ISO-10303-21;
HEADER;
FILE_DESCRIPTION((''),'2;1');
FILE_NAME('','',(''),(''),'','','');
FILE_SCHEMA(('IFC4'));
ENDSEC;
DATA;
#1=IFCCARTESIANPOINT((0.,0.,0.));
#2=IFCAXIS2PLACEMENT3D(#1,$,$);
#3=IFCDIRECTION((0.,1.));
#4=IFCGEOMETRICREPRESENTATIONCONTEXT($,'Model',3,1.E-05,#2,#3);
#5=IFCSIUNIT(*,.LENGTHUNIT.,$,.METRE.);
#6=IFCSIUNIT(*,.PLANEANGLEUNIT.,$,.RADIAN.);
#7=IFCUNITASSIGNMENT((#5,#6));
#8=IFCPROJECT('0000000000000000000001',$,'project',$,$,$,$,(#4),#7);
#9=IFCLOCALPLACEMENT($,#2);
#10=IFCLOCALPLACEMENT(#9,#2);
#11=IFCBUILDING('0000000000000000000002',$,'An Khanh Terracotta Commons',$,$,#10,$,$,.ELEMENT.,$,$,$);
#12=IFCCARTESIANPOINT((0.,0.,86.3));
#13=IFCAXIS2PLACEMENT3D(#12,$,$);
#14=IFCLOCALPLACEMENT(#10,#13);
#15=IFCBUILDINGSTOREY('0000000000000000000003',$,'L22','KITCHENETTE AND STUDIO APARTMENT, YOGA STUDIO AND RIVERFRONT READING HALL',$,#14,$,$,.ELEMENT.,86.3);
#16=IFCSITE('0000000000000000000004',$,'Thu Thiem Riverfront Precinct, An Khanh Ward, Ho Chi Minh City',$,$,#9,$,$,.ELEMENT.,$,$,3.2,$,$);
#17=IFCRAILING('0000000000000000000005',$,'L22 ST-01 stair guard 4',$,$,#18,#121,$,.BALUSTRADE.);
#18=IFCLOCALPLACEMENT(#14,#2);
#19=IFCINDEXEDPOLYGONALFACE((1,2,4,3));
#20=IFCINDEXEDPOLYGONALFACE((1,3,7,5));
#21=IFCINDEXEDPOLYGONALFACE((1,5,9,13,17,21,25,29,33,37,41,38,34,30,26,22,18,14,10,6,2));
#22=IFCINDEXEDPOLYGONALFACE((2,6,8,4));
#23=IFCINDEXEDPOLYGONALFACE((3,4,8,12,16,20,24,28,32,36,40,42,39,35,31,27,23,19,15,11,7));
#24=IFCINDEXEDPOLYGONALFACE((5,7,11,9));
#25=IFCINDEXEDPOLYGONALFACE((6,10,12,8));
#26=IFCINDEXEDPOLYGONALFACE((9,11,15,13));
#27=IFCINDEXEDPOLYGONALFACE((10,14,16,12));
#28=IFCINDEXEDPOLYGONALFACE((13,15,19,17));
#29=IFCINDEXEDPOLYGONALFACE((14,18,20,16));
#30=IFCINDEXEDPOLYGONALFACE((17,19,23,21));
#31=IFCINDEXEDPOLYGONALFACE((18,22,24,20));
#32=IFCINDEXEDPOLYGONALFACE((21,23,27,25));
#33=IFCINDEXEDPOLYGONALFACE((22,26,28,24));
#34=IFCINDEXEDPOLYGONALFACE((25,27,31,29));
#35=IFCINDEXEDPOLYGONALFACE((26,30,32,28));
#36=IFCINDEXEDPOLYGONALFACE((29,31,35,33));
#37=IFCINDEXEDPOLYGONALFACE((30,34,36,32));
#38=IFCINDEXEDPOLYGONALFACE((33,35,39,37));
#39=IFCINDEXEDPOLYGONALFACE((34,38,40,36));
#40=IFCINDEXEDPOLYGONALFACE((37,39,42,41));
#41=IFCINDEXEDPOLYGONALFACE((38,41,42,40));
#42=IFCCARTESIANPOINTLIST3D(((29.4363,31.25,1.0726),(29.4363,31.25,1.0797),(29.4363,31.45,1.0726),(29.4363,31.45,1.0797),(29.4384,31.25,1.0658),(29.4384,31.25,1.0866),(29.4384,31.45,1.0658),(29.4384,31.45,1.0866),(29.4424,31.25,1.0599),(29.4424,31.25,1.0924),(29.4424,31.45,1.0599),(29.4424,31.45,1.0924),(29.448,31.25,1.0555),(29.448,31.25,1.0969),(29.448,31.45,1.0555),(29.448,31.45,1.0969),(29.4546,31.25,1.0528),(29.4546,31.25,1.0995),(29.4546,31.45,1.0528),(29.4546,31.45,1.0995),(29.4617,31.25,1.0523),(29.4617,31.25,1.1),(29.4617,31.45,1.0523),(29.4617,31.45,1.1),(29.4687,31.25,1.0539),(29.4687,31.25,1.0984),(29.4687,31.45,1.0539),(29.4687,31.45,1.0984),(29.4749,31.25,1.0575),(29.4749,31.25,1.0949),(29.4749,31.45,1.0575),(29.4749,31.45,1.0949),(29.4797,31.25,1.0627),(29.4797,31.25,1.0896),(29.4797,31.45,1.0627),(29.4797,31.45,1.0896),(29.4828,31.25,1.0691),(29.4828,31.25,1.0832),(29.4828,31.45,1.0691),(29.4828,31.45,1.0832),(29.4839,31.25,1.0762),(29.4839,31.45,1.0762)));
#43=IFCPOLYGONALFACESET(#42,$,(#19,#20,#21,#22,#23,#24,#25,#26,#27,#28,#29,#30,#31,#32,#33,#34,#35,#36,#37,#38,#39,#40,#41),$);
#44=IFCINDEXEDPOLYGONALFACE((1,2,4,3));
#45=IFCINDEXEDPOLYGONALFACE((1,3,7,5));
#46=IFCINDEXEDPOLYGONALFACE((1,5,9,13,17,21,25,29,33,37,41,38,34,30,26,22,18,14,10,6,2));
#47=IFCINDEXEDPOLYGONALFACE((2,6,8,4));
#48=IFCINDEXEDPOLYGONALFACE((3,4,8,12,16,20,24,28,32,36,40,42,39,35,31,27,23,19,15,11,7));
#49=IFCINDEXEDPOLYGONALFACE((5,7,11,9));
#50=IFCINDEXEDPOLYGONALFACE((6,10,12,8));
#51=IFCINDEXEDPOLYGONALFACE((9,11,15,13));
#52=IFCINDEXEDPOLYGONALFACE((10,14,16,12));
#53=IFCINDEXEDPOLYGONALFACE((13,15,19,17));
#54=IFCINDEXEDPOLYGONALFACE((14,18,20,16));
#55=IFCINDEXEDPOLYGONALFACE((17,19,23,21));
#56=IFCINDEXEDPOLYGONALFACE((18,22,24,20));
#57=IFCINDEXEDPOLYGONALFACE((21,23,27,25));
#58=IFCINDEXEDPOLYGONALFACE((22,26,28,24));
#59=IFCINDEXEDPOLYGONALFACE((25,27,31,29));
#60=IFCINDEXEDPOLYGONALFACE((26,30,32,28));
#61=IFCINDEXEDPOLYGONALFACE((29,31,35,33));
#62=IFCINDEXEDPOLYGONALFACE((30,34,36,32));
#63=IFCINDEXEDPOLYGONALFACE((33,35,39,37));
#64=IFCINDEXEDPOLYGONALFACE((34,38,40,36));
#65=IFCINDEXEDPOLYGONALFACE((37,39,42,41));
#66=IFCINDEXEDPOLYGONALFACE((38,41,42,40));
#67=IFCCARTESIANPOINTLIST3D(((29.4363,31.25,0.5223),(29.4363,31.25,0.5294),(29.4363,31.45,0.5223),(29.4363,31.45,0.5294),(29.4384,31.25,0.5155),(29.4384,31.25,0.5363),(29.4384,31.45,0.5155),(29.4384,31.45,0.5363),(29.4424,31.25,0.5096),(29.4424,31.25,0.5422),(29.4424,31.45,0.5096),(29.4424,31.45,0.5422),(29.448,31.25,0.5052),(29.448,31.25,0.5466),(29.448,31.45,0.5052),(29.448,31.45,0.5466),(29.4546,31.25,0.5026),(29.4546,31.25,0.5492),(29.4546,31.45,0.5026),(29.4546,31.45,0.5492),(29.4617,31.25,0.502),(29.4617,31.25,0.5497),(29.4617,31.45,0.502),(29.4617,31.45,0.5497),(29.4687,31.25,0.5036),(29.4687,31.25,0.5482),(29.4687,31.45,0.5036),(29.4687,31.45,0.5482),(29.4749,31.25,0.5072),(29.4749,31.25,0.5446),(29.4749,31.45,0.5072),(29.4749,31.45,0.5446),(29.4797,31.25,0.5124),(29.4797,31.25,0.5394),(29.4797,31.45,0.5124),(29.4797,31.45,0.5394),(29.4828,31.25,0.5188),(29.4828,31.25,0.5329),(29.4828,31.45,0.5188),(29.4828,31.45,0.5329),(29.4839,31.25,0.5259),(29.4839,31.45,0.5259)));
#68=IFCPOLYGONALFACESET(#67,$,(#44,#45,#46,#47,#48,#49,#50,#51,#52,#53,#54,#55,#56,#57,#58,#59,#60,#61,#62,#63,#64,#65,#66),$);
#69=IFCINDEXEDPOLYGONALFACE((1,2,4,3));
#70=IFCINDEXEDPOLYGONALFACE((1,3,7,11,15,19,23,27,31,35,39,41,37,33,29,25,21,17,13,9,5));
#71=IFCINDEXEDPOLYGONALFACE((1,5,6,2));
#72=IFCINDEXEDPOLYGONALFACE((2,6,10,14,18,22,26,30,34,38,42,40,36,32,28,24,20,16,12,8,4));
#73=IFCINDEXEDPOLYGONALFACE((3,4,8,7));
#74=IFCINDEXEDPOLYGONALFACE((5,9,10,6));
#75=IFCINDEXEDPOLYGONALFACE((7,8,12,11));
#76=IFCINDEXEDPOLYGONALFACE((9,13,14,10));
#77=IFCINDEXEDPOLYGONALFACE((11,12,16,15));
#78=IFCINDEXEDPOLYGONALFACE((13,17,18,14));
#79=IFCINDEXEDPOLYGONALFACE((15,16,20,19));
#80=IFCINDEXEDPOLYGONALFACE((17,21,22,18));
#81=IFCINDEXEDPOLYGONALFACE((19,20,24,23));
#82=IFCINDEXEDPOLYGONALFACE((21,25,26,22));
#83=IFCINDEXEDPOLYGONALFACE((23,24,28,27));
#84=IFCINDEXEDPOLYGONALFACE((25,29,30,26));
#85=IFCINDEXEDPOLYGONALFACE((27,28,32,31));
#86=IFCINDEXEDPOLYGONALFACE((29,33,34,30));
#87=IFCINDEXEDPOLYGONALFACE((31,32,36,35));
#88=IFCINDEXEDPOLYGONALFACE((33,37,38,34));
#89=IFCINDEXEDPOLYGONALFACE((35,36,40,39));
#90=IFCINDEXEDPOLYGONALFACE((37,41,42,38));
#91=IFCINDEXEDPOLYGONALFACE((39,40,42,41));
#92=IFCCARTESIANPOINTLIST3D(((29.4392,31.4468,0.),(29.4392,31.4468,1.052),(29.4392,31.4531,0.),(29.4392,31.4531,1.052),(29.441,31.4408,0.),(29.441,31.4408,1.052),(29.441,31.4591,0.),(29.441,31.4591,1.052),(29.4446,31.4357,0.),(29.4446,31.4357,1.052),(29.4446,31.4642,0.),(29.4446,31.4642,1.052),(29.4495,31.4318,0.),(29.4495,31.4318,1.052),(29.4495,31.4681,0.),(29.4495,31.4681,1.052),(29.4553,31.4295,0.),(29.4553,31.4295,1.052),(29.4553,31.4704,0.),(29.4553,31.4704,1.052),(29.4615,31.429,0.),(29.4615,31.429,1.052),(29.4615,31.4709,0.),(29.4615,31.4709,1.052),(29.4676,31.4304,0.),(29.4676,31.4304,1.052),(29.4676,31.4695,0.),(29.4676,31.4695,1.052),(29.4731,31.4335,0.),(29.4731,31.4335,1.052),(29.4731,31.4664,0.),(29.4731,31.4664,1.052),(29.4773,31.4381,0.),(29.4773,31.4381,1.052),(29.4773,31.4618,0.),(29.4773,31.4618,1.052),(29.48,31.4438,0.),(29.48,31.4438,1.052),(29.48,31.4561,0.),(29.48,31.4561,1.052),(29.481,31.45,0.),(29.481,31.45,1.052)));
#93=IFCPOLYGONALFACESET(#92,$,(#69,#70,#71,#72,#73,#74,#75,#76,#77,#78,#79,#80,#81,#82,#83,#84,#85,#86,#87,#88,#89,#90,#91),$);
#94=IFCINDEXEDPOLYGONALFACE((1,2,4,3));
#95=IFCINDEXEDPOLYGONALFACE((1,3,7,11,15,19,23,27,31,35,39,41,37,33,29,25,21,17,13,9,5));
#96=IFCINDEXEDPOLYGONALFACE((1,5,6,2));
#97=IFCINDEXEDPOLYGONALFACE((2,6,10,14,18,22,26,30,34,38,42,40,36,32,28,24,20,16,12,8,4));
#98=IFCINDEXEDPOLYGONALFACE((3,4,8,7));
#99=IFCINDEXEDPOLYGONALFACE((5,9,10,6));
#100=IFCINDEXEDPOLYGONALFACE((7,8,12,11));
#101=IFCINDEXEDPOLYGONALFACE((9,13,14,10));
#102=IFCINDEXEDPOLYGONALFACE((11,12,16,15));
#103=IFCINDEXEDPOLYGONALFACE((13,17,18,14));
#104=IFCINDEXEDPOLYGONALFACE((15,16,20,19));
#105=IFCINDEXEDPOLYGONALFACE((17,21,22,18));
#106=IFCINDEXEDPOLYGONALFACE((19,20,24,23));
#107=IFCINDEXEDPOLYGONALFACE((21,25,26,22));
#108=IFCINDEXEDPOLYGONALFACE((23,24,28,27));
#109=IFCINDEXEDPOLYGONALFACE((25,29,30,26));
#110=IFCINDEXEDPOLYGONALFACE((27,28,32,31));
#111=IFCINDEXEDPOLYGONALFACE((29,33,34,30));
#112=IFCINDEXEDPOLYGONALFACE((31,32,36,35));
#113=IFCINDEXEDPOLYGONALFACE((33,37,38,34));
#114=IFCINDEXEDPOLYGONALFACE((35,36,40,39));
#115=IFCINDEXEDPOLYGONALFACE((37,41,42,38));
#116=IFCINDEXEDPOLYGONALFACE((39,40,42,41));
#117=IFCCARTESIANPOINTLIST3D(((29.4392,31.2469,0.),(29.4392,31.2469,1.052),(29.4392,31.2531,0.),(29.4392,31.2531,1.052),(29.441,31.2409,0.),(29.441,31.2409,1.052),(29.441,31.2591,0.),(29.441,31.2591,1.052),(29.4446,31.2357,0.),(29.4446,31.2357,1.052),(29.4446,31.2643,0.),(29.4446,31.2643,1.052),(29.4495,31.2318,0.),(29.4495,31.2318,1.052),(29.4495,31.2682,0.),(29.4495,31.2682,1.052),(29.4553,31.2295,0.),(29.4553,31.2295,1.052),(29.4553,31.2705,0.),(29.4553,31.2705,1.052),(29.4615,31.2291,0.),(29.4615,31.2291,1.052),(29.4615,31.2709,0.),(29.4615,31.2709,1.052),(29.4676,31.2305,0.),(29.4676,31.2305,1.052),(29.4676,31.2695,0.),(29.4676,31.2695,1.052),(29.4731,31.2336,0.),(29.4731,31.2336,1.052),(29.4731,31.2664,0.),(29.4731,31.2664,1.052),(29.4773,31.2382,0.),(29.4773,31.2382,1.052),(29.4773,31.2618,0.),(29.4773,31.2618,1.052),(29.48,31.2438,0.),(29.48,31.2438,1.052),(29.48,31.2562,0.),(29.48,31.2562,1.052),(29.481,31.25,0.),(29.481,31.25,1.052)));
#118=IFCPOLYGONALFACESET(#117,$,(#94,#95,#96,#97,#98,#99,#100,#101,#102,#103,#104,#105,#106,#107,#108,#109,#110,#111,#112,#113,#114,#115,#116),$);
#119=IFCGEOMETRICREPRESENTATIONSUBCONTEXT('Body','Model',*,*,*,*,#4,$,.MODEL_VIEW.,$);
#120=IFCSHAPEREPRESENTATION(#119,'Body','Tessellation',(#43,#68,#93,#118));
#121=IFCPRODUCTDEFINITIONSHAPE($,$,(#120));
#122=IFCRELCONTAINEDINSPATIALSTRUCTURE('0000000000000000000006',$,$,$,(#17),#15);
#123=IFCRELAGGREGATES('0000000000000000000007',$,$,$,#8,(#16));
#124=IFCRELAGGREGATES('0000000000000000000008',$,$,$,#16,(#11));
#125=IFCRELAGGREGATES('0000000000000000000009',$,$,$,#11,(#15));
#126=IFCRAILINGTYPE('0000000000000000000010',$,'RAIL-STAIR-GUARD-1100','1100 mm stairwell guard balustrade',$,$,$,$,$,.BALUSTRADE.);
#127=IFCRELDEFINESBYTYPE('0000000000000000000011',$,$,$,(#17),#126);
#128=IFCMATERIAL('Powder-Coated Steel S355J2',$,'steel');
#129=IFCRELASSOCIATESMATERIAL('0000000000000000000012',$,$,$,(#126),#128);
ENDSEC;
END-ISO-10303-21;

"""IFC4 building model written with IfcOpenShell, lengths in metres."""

from ifc_helpers import new_model, si_unit, direction, frame, origin, origin_2d, place, context, subcontext, project, spatial, circle, extrude, material, type_object, element, save


model = new_model("IFC4")

# Units and contexts
model_context = context("Model", 3, precision=1e-05, world=origin(), true_north=direction((0.0, 1.0)))
body_context = subcontext(model_context, "Body", "Model", "MODEL_VIEW")
ifc_project = project(units=[si_unit("LENGTHUNIT", "METRE"), si_unit("PLANEANGLEUNIT", "RADIAN")], contexts=[model_context])

# Site, building, storey
site_placement = place(None, origin())
site = spatial("IfcSite", under=ifc_project, at=site_placement, Name="Thu Thiem Riverfront Precinct, An Khanh Ward, Ho Chi Minh City", CompositionType="ELEMENT", RefElevation=3.2)
building_placement = place(site_placement, origin())
building = spatial("IfcBuilding", under=site, at=building_placement, Name="An Khanh Terracotta Commons", CompositionType="ELEMENT")
storey_placement = place(building_placement, frame((0.0, 0.0, 86.3)))
storey = spatial("IfcBuildingStorey", under=building, at=storey_placement, Name="L22", Description="KITCHENETTE AND STUDIO APARTMENT, YOGA STUDIO AND RIVERFRONT READING HALL", CompositionType="ELEMENT", Elevation=86.3)

# Railing
ifc_material_1 = material(Name="Powder-Coated Steel S355J2", Category="steel")
railing_type_1 = type_object("IfcRailingType", Name="RAIL-STAIR-GUARD-1100", Description="1100 mm stairwell guard balustrade", PredefinedType="BALUSTRADE", material=ifc_material_1)
railing_1_placement = place(storey_placement, frame((29.46, 31.45, 0.0)))
element("IfcRailing", 1, at=railing_1_placement, inside=storey, type_object=railing_type_1, Name="L22 ST-01 stair guard 4", PredefinedType="BALUSTRADE", context=body_context, shape_type="SweptSolid", body=[
    extrude(circle(Radius=0.0239, at=origin_2d()), frame((0.0, 0.0, 1.0762), z_axis=(0.0, -1.0, 0.0), x_axis=(1.0, 0.0, 0.0)), (0.0, 0.0, 1.0), 0.2),
    extrude(circle(Radius=0.0239, at=origin_2d()), frame((0.0, 0.0, 0.5259), z_axis=(0.0, -1.0, 0.0), x_axis=(1.0, 0.0, 0.0)), (0.0, 0.0, 1.0), 0.2),
    extrude(circle(Radius=0.021, at=origin_2d()), origin(), (0.0, 0.0, 1.0), 1.052),
    extrude(circle(Radius=0.021, at=origin_2d()), frame((0.0, -0.2, 0.0)), (0.0, 0.0, 1.0), 1.052),
])

save(model, "model.ifc")
